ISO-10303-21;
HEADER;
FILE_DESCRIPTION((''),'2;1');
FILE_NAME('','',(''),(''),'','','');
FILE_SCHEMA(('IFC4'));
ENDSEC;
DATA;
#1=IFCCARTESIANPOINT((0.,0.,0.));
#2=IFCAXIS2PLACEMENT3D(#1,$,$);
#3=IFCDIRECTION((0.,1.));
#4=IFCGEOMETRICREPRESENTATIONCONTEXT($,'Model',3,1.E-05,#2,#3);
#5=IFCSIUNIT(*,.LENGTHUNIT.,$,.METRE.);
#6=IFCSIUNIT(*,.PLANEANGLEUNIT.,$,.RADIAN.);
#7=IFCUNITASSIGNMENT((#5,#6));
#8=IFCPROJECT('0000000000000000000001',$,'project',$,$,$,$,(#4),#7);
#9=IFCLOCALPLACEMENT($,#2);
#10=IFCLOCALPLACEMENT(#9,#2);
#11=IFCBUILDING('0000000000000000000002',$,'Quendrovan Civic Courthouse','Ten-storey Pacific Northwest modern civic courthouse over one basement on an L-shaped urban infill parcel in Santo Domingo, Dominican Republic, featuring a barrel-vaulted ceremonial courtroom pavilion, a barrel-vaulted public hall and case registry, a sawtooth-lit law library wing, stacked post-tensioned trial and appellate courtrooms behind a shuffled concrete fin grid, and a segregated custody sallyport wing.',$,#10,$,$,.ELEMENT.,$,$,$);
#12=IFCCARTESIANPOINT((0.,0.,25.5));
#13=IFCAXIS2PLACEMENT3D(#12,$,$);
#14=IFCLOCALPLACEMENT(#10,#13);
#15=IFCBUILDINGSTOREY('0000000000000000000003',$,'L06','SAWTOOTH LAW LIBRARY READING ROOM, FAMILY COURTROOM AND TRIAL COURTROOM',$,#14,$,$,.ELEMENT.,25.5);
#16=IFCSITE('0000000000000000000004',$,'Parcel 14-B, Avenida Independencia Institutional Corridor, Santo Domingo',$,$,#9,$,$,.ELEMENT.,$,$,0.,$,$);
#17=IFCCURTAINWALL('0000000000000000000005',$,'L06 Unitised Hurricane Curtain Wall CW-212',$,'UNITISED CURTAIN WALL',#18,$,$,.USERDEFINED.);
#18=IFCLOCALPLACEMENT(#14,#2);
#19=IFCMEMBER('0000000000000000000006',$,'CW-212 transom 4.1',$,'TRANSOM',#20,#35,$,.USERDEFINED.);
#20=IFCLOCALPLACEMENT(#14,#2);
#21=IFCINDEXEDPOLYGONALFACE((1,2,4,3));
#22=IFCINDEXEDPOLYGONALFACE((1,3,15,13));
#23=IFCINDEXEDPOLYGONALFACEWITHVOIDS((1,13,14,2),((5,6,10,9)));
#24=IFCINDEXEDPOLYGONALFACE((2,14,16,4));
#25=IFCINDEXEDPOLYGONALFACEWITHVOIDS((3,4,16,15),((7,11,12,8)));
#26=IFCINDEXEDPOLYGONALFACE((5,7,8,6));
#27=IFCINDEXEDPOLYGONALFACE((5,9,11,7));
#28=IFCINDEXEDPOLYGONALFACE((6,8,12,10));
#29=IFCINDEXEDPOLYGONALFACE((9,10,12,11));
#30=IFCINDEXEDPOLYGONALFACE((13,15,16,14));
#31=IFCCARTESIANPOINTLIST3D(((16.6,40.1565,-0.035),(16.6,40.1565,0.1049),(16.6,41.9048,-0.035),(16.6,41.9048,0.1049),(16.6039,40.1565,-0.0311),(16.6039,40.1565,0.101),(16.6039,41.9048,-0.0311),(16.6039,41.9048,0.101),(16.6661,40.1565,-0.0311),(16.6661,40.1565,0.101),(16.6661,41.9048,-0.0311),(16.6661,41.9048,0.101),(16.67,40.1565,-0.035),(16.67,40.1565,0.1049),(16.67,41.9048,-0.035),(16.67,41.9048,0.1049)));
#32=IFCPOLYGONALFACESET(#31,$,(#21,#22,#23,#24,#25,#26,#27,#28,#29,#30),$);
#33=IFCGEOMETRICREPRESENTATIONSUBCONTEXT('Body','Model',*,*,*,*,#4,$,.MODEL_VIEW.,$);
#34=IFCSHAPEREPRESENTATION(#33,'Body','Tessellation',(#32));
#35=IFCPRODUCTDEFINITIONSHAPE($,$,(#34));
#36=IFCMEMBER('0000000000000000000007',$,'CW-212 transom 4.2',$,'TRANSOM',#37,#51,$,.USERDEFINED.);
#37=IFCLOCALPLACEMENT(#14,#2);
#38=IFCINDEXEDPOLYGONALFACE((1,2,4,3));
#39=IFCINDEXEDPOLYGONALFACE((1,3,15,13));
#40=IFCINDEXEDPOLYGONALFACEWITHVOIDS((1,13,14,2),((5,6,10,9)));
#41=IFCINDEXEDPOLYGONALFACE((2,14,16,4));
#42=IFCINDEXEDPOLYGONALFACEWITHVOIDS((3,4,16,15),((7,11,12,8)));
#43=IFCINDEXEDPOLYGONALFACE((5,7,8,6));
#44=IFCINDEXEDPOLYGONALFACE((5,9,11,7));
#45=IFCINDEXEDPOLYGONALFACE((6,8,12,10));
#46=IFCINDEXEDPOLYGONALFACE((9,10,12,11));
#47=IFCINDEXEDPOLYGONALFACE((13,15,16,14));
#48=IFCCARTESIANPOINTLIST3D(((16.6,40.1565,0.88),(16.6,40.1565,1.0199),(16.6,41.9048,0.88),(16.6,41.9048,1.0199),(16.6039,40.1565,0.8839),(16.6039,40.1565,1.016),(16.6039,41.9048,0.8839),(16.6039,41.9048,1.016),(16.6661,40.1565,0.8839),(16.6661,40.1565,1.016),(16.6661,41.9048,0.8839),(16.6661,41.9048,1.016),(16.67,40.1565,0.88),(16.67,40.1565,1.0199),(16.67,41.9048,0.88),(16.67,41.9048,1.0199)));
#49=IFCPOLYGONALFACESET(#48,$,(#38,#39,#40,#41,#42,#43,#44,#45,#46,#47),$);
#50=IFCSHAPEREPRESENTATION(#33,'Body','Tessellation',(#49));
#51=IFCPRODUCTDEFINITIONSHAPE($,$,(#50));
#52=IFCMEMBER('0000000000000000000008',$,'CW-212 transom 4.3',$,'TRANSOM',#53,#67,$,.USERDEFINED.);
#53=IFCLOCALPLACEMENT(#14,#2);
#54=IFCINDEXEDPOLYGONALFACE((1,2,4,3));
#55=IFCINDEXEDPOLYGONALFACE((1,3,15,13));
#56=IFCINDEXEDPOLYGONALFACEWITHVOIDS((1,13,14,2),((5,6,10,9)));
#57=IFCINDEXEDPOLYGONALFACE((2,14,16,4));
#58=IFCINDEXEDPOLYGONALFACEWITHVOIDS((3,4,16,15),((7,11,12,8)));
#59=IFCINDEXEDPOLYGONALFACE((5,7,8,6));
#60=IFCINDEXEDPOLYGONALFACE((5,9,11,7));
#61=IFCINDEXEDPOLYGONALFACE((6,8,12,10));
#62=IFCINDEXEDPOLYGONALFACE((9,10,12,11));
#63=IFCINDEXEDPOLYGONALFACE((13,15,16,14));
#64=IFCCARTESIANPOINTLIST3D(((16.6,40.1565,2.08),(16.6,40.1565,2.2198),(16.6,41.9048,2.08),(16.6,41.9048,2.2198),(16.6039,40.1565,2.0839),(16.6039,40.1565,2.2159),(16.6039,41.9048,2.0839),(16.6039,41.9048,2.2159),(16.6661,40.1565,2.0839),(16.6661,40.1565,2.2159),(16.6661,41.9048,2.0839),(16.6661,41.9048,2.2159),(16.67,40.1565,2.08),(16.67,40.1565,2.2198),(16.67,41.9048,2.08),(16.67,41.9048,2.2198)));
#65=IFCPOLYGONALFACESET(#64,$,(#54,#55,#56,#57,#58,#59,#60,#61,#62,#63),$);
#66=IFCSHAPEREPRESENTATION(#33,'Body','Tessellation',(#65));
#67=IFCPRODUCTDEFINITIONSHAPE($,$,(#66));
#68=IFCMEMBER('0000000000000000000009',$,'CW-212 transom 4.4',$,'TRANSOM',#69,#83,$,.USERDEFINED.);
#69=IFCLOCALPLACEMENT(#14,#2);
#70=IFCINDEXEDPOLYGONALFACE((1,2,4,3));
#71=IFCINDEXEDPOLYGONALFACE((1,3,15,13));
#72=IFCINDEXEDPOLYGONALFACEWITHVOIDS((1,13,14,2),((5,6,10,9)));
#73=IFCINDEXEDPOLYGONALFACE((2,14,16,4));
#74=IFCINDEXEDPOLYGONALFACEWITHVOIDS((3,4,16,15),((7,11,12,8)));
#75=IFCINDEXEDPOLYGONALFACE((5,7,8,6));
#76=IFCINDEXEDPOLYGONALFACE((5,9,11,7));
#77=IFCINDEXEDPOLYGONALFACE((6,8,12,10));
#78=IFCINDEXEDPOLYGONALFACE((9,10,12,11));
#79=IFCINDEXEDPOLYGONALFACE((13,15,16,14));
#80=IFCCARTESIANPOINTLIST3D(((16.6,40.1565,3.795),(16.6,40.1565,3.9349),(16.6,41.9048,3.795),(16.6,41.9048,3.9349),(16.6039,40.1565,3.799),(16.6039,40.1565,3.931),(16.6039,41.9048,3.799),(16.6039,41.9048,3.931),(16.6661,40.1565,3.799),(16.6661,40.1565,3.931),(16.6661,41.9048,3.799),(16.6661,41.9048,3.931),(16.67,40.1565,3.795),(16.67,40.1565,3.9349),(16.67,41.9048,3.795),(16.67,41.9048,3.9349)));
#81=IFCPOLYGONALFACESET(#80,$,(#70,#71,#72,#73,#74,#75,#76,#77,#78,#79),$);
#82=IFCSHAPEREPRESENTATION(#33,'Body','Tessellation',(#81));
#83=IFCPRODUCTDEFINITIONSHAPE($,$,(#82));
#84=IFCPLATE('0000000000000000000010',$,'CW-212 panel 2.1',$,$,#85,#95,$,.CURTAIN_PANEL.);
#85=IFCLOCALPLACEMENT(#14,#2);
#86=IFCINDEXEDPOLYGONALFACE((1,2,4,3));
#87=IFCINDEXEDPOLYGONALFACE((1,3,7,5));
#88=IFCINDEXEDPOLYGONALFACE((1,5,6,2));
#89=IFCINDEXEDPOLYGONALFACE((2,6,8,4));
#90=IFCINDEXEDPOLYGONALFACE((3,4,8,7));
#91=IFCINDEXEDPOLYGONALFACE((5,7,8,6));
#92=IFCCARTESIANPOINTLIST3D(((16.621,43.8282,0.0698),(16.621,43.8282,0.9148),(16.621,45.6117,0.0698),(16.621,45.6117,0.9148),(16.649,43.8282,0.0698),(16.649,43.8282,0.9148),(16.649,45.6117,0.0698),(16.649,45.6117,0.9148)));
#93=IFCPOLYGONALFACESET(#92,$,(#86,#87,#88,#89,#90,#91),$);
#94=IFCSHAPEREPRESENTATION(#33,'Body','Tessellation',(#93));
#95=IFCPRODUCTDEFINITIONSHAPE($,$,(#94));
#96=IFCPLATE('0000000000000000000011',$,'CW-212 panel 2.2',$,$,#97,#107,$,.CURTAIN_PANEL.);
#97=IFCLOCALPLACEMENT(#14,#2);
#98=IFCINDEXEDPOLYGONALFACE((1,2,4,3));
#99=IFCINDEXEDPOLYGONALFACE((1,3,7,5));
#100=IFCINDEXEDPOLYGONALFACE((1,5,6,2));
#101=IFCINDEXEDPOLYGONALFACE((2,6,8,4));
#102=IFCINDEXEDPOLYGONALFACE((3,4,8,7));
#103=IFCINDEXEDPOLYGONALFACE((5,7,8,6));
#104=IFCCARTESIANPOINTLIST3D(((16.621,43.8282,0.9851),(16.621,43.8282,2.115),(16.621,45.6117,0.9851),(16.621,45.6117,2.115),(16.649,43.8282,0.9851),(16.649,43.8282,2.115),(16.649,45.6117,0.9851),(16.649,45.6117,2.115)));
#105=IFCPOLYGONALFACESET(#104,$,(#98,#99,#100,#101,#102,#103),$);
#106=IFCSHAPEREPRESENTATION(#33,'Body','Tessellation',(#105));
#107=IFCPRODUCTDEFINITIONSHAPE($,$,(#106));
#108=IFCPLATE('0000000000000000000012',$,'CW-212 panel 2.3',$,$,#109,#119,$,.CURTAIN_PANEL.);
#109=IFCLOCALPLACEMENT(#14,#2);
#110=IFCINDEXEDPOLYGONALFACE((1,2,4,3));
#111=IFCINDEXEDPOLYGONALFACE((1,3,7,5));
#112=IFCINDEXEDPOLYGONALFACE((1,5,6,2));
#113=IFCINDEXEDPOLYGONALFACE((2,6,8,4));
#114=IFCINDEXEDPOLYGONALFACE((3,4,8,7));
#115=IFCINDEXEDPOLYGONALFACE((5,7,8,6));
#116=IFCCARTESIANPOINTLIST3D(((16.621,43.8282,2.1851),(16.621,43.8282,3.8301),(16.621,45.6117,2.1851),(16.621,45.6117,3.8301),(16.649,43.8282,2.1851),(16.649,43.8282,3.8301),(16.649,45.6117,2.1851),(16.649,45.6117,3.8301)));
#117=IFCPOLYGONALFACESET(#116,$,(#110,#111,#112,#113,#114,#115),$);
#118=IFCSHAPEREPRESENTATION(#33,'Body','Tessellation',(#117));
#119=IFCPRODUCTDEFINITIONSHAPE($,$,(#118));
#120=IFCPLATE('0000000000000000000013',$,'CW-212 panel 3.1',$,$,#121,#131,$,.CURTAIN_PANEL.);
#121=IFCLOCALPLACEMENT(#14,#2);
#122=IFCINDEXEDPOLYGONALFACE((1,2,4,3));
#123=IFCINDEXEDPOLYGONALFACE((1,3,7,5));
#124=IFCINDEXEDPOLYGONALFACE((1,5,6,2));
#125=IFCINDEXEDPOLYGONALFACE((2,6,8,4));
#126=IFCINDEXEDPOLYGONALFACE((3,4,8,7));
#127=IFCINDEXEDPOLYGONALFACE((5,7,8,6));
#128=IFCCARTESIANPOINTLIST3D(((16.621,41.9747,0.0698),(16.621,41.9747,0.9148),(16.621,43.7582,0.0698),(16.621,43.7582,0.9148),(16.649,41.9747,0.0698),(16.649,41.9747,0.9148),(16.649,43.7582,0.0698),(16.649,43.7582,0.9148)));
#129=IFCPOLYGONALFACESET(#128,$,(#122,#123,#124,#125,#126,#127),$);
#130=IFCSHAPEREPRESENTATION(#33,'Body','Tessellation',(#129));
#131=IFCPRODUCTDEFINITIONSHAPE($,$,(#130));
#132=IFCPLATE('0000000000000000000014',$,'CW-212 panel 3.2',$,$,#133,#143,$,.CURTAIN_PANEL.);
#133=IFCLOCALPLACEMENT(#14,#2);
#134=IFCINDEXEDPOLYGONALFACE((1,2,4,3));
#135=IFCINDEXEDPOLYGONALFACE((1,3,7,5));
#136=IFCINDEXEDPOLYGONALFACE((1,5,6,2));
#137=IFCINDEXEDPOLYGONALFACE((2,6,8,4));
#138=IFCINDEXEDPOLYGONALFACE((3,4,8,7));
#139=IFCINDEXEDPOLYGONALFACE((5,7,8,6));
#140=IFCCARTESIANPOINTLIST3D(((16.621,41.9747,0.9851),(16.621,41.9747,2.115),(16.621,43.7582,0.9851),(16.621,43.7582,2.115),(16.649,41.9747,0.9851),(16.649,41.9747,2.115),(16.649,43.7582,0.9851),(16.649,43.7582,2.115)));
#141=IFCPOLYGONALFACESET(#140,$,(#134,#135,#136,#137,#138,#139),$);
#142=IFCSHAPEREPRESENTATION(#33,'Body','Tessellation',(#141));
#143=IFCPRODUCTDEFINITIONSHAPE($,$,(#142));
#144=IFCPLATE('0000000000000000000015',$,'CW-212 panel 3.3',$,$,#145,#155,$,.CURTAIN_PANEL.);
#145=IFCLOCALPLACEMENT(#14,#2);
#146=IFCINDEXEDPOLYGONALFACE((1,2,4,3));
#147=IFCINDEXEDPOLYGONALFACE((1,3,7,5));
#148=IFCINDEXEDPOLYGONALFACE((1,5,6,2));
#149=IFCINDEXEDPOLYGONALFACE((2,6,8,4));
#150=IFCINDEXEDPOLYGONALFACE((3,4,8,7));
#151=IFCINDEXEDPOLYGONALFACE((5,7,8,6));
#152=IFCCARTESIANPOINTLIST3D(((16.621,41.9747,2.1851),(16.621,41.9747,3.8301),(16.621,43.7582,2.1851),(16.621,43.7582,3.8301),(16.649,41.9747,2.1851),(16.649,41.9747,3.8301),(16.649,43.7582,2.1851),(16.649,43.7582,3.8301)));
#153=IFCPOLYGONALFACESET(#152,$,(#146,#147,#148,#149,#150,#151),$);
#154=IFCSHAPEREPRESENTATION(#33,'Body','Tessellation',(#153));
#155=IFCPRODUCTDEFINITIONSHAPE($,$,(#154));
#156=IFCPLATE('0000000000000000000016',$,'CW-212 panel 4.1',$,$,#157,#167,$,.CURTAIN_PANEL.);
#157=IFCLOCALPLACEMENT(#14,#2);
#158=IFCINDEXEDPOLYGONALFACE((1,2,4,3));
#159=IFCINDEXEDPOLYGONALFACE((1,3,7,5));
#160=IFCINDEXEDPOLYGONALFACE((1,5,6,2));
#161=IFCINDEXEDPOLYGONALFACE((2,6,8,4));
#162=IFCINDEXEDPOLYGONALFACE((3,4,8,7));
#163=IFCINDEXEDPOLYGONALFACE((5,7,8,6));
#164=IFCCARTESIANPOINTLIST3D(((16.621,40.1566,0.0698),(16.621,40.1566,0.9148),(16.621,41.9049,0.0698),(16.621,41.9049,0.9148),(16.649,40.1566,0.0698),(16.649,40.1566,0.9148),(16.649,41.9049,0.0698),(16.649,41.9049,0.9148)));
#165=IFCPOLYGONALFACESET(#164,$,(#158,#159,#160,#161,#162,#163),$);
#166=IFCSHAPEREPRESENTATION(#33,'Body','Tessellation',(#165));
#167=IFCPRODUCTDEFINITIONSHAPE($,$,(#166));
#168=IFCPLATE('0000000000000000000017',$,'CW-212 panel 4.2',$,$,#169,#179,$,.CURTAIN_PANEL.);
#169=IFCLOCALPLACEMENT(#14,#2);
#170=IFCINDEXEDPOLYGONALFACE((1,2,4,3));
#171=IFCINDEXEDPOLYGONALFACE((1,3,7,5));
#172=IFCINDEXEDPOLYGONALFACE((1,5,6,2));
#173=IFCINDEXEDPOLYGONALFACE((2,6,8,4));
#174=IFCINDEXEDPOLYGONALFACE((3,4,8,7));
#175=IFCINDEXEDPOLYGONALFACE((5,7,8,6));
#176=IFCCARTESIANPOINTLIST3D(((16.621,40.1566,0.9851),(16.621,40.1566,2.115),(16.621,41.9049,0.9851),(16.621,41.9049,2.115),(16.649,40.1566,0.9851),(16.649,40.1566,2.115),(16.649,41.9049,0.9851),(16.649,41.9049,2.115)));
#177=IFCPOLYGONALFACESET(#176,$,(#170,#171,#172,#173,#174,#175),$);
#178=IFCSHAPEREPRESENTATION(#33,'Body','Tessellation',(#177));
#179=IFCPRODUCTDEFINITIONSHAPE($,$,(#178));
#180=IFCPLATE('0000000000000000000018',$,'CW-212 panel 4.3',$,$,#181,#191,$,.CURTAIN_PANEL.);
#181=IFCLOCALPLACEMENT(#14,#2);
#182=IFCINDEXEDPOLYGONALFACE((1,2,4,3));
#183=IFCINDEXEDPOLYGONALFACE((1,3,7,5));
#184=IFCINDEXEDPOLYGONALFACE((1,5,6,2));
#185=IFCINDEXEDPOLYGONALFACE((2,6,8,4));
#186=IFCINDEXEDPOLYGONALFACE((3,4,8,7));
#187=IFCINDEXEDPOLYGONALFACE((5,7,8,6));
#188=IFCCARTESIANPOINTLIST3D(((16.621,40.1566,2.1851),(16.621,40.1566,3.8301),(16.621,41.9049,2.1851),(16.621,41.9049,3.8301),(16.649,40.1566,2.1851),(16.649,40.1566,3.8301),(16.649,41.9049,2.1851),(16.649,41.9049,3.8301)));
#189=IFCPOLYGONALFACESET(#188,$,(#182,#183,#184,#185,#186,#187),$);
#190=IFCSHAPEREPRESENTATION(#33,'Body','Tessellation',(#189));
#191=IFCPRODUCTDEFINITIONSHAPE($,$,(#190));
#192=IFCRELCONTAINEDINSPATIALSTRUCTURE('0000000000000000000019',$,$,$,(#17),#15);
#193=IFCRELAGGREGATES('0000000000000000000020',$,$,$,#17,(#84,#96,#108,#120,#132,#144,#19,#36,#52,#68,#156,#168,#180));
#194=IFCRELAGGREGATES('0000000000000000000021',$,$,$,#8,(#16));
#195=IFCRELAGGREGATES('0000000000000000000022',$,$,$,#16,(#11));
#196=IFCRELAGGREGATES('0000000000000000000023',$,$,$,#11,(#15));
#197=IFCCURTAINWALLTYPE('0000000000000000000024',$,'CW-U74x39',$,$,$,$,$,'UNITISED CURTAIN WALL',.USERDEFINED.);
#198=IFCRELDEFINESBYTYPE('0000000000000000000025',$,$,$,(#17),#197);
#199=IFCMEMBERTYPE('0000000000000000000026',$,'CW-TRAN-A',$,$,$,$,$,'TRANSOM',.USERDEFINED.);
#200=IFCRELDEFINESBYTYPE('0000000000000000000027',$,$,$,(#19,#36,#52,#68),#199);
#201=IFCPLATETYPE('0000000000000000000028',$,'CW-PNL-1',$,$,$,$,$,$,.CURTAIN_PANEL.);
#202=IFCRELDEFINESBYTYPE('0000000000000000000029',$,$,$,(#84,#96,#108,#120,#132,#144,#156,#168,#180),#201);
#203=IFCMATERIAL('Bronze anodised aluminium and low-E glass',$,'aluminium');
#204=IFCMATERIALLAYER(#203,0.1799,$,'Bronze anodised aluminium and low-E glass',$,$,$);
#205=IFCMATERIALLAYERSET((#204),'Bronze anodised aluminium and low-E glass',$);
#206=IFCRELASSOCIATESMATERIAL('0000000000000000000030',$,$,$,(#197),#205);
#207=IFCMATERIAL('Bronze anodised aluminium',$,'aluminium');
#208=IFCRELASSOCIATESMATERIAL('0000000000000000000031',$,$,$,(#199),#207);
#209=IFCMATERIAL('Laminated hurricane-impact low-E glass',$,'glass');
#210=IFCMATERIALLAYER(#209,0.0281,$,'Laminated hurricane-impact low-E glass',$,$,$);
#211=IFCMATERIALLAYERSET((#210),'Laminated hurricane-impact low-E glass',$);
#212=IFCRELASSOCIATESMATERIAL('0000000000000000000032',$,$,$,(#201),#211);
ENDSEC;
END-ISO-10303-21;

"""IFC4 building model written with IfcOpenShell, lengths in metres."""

from ifc_helpers import new_model, si_unit, direction, frame, origin, origin_2d, place, context, subcontext, project, spatial, rectangle, hollow_rectangle, extrude, material, layer, layer_set, material_profile, profile_set, type_object, element, aggregate, save


model = new_model("IFC4")

# Units and contexts
model_context = context("Model", 3, precision=1e-05, world=origin(), true_north=direction((0.0, 1.0)))
body_context = subcontext(model_context, "Body", "Model", "MODEL_VIEW")
ifc_project = project(units=[si_unit("LENGTHUNIT", "METRE"), si_unit("PLANEANGLEUNIT", "RADIAN")], contexts=[model_context])

# Site, building, storey
site_placement = place(None, origin())
site = spatial("IfcSite", under=ifc_project, at=site_placement, Name="Parcel 14-B, Avenida Independencia Institutional Corridor, Santo Domingo", CompositionType="ELEMENT", RefElevation=0.0)
building_placement = place(site_placement, origin())
building = spatial("IfcBuilding", under=site, at=building_placement, Name="Quendrovan Civic Courthouse", Description="Ten-storey Pacific Northwest modern civic courthouse over one basement on an L-shaped urban infill parcel in Santo Domingo, Dominican Republic, featuring a barrel-vaulted ceremonial courtroom pavilion, a barrel-vaulted public hall and case registry, a sawtooth-lit law library wing, stacked post-tensioned trial and appellate courtrooms behind a shuffled concrete fin grid, and a segregated custody sallyport wing.", CompositionType="ELEMENT")
storey_placement = place(building_placement, frame((0.0, 0.0, 25.5)))
storey = spatial("IfcBuildingStorey", under=building, at=storey_placement, Name="L06", Description="SAWTOOTH LAW LIBRARY READING ROOM, FAMILY COURTROOM AND TRIAL COURTROOM", CompositionType="ELEMENT", Elevation=25.5)

# Curtain wall, members, plates
ifc_material_1 = material(Name="Bronze anodised aluminium and low-E glass", Category="aluminium")
ifc_layer_1 = layer(ifc_material_1, 0.1799, Name="Bronze anodised aluminium and low-E glass")
ifc_layer_set_1 = layer_set([ifc_layer_1], Name="Bronze anodised aluminium and low-E glass")
curtain_wall_type = type_object("IfcCurtainWallType", Name="CW-U74x39", ElementType="UNITISED CURTAIN WALL", PredefinedType="USERDEFINED", material=ifc_layer_set_1)
curtain_wall_placement = place(storey_placement, origin())
curtain_wall = element("IfcCurtainWall", 1, at=curtain_wall_placement, inside=storey, type_object=curtain_wall_type, Name="L06 Unitised Hurricane Curtain Wall CW-212", ObjectType="UNITISED CURTAIN WALL", PredefinedType="USERDEFINED")
ifc_material_2 = material(Name="Bronze anodised aluminium", Category="aluminium")
ifc_material_profile_1 = material_profile(ifc_material_2, hollow_rectangle(XDim=0.0701, YDim=0.1399, WallThickness=0.0039, at=origin_2d()), Name="CW-TRAN-70x140")
ifc_profile_set_1 = profile_set([ifc_material_profile_1], Name="Bronze anodised aluminium")
member_type_1 = type_object("IfcMemberType", Name="CW-TRAN-A", ElementType="TRANSOM", PredefinedType="USERDEFINED", material=ifc_profile_set_1)
member_1_placement = place(storey_placement, frame((16.635, 41.9048, 0.0349), z_axis=(0.0, -1.0, 0.0), x_axis=(1.0, 0.0, 0.0)))
member_1 = element("IfcMember", 2, at=member_1_placement, type_object=member_type_1, Name="CW-212 transom 4.1", ObjectType="TRANSOM", PredefinedType="USERDEFINED", context=body_context, shape_type="SweptSolid", body=[
    extrude(hollow_rectangle(XDim=0.0701, YDim=0.1399, WallThickness=0.0039, at=origin_2d()), origin(), (0.0, 0.0, 1.0), 1.7483),
])
member_2_placement = place(storey_placement, frame((16.635, 41.9048, 0.95), z_axis=(0.0, -1.0, 0.0), x_axis=(1.0, 0.0, 0.0)))
member_2 = element("IfcMember", 3, at=member_2_placement, type_object=member_type_1, Name="CW-212 transom 4.2", ObjectType="TRANSOM", PredefinedType="USERDEFINED", context=body_context, shape_type="SweptSolid", body=[
    extrude(hollow_rectangle(XDim=0.0701, YDim=0.1399, WallThickness=0.0039, at=origin_2d()), origin(), (0.0, 0.0, 1.0), 1.7483),
])
member_3_placement = place(storey_placement, frame((16.635, 41.9048, 2.1499), z_axis=(0.0, -1.0, 0.0), x_axis=(1.0, 0.0, 0.0)))
member_3 = element("IfcMember", 4, at=member_3_placement, type_object=member_type_1, Name="CW-212 transom 4.3", ObjectType="TRANSOM", PredefinedType="USERDEFINED", context=body_context, shape_type="SweptSolid", body=[
    extrude(hollow_rectangle(XDim=0.0701, YDim=0.1399, WallThickness=0.0039, at=origin_2d()), origin(), (0.0, 0.0, 1.0), 1.7483),
])
member_4_placement = place(storey_placement, frame((16.635, 41.9048, 3.865), z_axis=(0.0, -1.0, 0.0), x_axis=(1.0, 0.0, 0.0)))
member_4 = element("IfcMember", 5, at=member_4_placement, type_object=member_type_1, Name="CW-212 transom 4.4", ObjectType="TRANSOM", PredefinedType="USERDEFINED", context=body_context, shape_type="SweptSolid", body=[
    extrude(hollow_rectangle(XDim=0.0701, YDim=0.1399, WallThickness=0.0039, at=origin_2d()), origin(), (0.0, 0.0, 1.0), 1.7483),
])
ifc_material_3 = material(Name="Laminated hurricane-impact low-E glass", Category="glass")
ifc_layer_2 = layer(ifc_material_3, 0.0281, Name="Laminated hurricane-impact low-E glass")
ifc_layer_set_2 = layer_set([ifc_layer_2], Name="Laminated hurricane-impact low-E glass")
plate_type_1 = type_object("IfcPlateType", Name="CW-PNL-1", PredefinedType="CURTAIN_PANEL", material=ifc_layer_set_2)
plate_1_placement = place(storey_placement, frame((16.635, 44.72, 0.0698), z_axis=(0.0, 0.0, 1.0), x_axis=(0.0, -1.0, 0.0)))
plate_1 = element("IfcPlate", 6, at=plate_1_placement, type_object=plate_type_1, Name="CW-212 panel 2.1", PredefinedType="CURTAIN_PANEL", context=body_context, shape_type="SweptSolid", body=[
    extrude(rectangle(XDim=1.7834, YDim=0.0281, at=origin_2d()), origin(), (0.0, 0.0, 1.0), 0.845),
])
plate_2_placement = place(storey_placement, frame((16.635, 44.72, 0.9851), z_axis=(0.0, 0.0, 1.0), x_axis=(0.0, -1.0, 0.0)))
plate_2 = element("IfcPlate", 7, at=plate_2_placement, type_object=plate_type_1, Name="CW-212 panel 2.2", PredefinedType="CURTAIN_PANEL", context=body_context, shape_type="SweptSolid", body=[
    extrude(rectangle(XDim=1.7834, YDim=0.0281, at=origin_2d()), origin(), (0.0, 0.0, 1.0), 1.1299),
])
plate_3_placement = place(storey_placement, frame((16.635, 44.72, 2.1851), z_axis=(0.0, 0.0, 1.0), x_axis=(0.0, -1.0, 0.0)))
plate_3 = element("IfcPlate", 8, at=plate_3_placement, type_object=plate_type_1, Name="CW-212 panel 2.3", PredefinedType="CURTAIN_PANEL", context=body_context, shape_type="SweptSolid", body=[
    extrude(rectangle(XDim=1.7834, YDim=0.0281, at=origin_2d()), origin(), (0.0, 0.0, 1.0), 1.645),
])
plate_4_placement = place(storey_placement, frame((16.635, 42.8665, 0.0698), z_axis=(0.0, 0.0, 1.0), x_axis=(0.0, -1.0, 0.0)))
plate_4 = element("IfcPlate", 9, at=plate_4_placement, type_object=plate_type_1, Name="CW-212 panel 3.1", PredefinedType="CURTAIN_PANEL", context=body_context, shape_type="SweptSolid", body=[
    extrude(rectangle(XDim=1.7834, YDim=0.0281, at=origin_2d()), origin(), (0.0, 0.0, 1.0), 0.845),
])
plate_5_placement = place(storey_placement, frame((16.635, 42.8665, 0.9851), z_axis=(0.0, 0.0, 1.0), x_axis=(0.0, -1.0, 0.0)))
plate_5 = element("IfcPlate", 10, at=plate_5_placement, type_object=plate_type_1, Name="CW-212 panel 3.2", PredefinedType="CURTAIN_PANEL", context=body_context, shape_type="SweptSolid", body=[
    extrude(rectangle(XDim=1.7834, YDim=0.0281, at=origin_2d()), origin(), (0.0, 0.0, 1.0), 1.1299),
])
plate_6_placement = place(storey_placement, frame((16.635, 42.8665, 2.1851), z_axis=(0.0, 0.0, 1.0), x_axis=(0.0, -1.0, 0.0)))
plate_6 = element("IfcPlate", 11, at=plate_6_placement, type_object=plate_type_1, Name="CW-212 panel 3.3", PredefinedType="CURTAIN_PANEL", context=body_context, shape_type="SweptSolid", body=[
    extrude(rectangle(XDim=1.7834, YDim=0.0281, at=origin_2d()), origin(), (0.0, 0.0, 1.0), 1.645),
])
plate_7_placement = place(storey_placement, frame((16.635, 41.0308, 0.0698), z_axis=(0.0, 0.0, 1.0), x_axis=(0.0, -1.0, 0.0)))
plate_7 = element("IfcPlate", 12, at=plate_7_placement, type_object=plate_type_1, Name="CW-212 panel 4.1", PredefinedType="CURTAIN_PANEL", context=body_context, shape_type="SweptSolid", body=[
    extrude(rectangle(XDim=1.7483, YDim=0.0281, at=origin_2d()), origin(), (0.0, 0.0, 1.0), 0.845),
])
plate_8_placement = place(storey_placement, frame((16.635, 41.0308, 0.9851), z_axis=(0.0, 0.0, 1.0), x_axis=(0.0, -1.0, 0.0)))
plate_8 = element("IfcPlate", 13, at=plate_8_placement, type_object=plate_type_1, Name="CW-212 panel 4.2", PredefinedType="CURTAIN_PANEL", context=body_context, shape_type="SweptSolid", body=[
    extrude(rectangle(XDim=1.7483, YDim=0.0281, at=origin_2d()), origin(), (0.0, 0.0, 1.0), 1.1299),
])
plate_9_placement = place(storey_placement, frame((16.635, 41.0308, 2.1851), z_axis=(0.0, 0.0, 1.0), x_axis=(0.0, -1.0, 0.0)))
plate_9 = element("IfcPlate", 14, at=plate_9_placement, type_object=plate_type_1, Name="CW-212 panel 4.3", PredefinedType="CURTAIN_PANEL", context=body_context, shape_type="SweptSolid", body=[
    extrude(rectangle(XDim=1.7483, YDim=0.0281, at=origin_2d()), origin(), (0.0, 0.0, 1.0), 1.645),
])
aggregate(curtain_wall, [plate_1, plate_2, plate_3, plate_4, plate_5, plate_6, member_1, member_2, member_3, member_4, plate_7, plate_8, plate_9])

save(model, "model.ifc")
